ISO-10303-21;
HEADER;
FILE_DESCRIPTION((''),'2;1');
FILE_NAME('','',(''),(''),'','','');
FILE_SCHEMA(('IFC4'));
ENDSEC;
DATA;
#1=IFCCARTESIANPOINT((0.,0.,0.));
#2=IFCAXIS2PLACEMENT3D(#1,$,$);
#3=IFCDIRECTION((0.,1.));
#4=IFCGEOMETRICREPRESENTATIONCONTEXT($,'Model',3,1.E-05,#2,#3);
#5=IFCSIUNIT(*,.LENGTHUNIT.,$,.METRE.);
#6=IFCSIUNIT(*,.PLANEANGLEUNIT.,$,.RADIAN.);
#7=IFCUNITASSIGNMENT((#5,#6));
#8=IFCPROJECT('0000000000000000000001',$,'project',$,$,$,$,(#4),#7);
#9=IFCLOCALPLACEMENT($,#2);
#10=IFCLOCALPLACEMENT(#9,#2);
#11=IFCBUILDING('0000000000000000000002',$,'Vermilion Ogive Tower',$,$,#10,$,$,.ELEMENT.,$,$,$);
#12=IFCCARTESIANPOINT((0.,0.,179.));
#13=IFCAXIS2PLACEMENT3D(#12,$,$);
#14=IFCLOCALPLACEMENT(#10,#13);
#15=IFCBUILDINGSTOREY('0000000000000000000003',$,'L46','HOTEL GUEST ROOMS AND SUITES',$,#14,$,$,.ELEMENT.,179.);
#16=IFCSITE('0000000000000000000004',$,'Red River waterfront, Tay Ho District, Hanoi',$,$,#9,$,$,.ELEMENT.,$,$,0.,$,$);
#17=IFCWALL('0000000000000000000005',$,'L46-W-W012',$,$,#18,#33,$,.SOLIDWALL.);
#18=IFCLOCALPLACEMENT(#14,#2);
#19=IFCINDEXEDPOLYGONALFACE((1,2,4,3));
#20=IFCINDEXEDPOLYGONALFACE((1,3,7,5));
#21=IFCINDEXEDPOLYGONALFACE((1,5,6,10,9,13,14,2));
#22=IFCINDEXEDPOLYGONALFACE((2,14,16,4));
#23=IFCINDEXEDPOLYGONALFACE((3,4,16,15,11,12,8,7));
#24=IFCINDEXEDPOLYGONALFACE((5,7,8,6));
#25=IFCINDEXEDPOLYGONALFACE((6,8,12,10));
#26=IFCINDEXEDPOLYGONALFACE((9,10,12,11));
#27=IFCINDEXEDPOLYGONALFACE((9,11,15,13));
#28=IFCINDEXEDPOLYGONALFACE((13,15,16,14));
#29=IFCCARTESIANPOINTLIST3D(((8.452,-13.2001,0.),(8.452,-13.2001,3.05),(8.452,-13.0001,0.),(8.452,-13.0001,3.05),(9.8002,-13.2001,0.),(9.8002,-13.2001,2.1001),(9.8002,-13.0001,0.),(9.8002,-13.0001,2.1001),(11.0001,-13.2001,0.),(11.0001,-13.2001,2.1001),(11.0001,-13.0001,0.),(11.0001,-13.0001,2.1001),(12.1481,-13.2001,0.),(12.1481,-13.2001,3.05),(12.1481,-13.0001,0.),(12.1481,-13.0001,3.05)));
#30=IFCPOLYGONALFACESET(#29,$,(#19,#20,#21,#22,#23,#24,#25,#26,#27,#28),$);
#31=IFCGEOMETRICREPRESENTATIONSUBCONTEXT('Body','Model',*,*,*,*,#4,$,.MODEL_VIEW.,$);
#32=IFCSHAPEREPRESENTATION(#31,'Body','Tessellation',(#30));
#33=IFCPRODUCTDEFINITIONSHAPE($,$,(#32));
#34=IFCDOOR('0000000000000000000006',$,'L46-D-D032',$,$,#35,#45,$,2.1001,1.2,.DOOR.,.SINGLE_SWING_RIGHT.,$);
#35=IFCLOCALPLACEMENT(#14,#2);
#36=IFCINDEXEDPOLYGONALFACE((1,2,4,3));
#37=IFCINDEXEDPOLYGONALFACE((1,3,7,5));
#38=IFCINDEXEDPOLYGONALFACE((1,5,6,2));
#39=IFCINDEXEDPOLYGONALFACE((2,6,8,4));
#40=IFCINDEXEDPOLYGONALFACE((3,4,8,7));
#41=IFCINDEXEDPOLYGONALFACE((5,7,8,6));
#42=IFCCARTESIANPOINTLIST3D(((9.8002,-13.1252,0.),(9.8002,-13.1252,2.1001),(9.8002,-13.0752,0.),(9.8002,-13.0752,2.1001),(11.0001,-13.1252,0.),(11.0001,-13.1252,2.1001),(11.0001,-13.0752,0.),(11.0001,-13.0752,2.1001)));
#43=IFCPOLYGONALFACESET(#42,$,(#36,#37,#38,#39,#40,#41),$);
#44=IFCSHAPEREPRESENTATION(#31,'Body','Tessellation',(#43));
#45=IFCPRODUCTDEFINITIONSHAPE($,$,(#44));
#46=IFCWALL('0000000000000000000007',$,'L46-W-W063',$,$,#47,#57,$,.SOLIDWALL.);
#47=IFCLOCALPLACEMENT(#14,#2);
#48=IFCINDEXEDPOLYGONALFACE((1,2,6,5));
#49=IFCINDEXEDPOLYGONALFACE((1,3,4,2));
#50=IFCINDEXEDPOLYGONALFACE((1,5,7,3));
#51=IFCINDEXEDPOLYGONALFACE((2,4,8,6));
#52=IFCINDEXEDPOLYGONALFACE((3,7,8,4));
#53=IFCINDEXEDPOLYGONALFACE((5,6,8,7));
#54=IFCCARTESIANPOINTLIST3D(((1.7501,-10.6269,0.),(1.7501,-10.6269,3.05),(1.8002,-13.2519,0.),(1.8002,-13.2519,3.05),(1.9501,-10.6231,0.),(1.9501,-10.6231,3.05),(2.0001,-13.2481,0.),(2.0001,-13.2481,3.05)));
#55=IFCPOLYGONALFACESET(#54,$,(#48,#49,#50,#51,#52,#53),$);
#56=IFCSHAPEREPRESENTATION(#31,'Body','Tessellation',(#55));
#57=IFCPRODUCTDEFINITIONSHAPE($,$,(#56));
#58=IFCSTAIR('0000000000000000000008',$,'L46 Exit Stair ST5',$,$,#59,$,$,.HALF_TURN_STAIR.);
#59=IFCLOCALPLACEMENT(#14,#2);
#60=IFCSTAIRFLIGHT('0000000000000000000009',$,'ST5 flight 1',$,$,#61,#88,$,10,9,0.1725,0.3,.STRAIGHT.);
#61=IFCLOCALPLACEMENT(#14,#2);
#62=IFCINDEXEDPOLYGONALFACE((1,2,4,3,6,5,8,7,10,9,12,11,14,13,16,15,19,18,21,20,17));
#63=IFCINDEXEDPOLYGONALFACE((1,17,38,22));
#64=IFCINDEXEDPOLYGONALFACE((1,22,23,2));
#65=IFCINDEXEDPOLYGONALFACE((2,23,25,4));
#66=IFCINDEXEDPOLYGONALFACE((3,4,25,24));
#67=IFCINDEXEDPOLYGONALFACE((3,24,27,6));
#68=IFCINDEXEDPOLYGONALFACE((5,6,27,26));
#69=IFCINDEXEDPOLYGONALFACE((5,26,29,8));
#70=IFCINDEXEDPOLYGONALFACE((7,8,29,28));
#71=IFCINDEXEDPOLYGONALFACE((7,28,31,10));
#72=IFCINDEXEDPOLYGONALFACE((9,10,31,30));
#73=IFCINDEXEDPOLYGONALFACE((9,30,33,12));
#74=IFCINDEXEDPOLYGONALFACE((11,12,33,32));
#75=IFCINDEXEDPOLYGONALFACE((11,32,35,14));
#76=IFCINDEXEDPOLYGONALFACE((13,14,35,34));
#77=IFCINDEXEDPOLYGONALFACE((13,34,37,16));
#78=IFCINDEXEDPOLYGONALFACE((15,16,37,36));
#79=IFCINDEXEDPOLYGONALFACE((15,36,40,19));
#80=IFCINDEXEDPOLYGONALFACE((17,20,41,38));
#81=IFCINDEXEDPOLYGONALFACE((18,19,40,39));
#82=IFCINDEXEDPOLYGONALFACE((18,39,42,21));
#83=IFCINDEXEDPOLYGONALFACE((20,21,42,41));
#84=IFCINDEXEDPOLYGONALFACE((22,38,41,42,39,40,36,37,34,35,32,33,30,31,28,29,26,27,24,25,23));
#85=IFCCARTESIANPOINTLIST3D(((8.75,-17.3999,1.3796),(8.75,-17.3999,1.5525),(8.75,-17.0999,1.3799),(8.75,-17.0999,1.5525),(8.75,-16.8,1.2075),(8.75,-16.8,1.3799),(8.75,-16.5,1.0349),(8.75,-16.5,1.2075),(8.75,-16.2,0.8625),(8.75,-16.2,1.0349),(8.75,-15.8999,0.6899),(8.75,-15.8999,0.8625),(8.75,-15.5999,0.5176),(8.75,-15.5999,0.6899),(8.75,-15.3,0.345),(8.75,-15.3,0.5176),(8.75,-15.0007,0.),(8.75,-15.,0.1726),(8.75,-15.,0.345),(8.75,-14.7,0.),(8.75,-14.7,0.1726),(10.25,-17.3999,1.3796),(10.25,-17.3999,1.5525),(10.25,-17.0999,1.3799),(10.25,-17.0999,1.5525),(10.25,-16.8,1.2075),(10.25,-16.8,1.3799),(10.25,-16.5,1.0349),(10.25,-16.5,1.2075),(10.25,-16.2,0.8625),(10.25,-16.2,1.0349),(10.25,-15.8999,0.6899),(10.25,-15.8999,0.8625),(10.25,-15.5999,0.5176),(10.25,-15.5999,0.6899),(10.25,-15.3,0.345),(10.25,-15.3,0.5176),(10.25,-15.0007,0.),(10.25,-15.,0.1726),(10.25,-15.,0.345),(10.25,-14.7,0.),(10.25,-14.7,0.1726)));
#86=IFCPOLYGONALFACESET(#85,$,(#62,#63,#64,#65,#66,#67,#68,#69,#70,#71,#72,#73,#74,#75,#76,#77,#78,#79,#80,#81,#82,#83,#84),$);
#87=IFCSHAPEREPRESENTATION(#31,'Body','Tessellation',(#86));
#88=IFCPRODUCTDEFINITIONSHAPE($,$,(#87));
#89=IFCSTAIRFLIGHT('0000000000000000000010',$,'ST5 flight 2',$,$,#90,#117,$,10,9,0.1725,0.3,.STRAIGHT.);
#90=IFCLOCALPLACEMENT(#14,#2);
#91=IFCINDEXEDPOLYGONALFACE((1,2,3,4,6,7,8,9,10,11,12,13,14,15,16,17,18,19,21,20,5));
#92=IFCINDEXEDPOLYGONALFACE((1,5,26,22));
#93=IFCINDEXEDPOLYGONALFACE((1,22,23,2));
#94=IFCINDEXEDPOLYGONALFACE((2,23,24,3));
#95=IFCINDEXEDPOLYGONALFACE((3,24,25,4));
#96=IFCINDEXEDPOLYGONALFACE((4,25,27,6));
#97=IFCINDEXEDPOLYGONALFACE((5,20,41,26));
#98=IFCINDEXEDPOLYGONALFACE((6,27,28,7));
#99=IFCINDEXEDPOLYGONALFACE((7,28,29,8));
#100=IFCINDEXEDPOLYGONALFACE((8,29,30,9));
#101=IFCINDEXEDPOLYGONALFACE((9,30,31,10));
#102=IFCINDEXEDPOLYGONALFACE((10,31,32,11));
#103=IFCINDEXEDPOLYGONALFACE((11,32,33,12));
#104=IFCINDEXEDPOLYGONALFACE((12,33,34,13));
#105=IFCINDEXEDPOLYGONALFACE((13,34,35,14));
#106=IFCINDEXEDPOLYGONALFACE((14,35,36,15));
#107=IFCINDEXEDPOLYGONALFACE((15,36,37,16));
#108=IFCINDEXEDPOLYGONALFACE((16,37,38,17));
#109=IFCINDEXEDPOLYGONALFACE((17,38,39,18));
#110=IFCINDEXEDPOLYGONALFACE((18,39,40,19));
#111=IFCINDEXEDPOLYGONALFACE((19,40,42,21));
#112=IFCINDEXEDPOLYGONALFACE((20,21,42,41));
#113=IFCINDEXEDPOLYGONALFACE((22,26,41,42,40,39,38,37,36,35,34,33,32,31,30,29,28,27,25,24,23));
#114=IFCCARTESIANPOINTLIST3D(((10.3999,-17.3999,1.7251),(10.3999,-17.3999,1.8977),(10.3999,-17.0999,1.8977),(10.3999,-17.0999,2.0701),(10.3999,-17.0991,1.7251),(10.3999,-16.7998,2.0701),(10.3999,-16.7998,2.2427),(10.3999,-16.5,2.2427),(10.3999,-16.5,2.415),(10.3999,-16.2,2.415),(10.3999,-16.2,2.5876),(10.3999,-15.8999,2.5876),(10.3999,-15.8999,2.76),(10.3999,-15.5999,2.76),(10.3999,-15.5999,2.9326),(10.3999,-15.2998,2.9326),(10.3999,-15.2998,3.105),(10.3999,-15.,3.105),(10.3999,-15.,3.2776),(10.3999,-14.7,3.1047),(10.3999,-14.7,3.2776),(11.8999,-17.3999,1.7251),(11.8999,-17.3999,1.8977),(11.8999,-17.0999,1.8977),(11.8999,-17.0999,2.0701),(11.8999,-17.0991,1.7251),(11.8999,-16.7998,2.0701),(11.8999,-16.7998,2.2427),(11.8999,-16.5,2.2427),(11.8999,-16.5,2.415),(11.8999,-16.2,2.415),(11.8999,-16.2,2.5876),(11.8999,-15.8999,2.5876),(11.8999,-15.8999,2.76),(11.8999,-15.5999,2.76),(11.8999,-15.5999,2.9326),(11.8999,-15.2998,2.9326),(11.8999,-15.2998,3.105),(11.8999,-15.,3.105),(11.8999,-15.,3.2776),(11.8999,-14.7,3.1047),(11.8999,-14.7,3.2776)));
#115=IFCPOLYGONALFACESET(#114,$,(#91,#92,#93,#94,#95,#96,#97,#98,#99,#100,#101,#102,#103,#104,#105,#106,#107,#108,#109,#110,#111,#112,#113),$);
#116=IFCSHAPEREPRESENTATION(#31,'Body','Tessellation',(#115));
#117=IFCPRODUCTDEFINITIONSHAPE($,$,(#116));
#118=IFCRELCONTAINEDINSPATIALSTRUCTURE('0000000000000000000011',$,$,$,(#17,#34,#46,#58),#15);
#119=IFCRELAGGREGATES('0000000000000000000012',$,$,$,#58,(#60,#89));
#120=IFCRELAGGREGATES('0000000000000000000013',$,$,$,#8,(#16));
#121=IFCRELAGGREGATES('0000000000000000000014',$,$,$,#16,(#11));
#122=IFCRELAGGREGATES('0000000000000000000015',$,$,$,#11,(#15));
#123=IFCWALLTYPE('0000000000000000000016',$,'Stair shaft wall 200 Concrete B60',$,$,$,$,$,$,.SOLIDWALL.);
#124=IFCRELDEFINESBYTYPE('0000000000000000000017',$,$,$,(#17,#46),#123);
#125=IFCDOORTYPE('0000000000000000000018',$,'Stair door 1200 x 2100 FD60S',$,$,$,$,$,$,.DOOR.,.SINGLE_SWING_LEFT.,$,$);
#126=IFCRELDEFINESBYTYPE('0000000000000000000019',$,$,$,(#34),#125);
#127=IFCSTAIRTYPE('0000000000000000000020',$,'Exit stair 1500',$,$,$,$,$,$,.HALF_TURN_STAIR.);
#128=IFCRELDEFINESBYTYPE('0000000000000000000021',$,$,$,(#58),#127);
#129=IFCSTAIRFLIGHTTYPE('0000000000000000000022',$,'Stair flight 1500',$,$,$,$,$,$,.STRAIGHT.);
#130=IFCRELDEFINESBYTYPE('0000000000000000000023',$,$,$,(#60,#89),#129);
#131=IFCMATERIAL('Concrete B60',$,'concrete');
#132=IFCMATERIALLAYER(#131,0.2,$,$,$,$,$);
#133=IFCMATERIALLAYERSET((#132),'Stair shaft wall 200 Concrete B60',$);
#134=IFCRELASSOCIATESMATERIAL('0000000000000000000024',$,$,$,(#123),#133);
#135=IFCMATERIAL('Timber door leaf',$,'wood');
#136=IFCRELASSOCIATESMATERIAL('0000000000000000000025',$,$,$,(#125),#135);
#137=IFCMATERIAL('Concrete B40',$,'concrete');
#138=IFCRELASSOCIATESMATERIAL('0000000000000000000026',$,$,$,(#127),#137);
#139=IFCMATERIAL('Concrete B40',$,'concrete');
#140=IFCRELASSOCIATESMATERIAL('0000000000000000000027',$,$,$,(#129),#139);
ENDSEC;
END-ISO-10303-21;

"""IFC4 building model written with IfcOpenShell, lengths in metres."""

from ifc_helpers import new_model, si_unit, direction, frame, frame_2d, origin, place, context, subcontext, project, spatial, polyline, rectangle, outline, extrude, material, layer, layer_set, type_object, element, fill, aggregate, save


model = new_model("IFC4")

# Units and contexts
model_context = context("Model", 3, precision=1e-05, world=origin(), true_north=direction((0.0, 1.0)))
body_context = subcontext(model_context, "Body", "Model", "MODEL_VIEW")
ifc_project = project(units=[si_unit("LENGTHUNIT", "METRE"), si_unit("PLANEANGLEUNIT", "RADIAN")], contexts=[model_context])

# Site, building, storey
site_placement = place(None, origin())
site = spatial("IfcSite", under=ifc_project, at=site_placement, Name="Red River waterfront, Tay Ho District, Hanoi", CompositionType="ELEMENT", RefElevation=0.0)
building_placement = place(site_placement, origin())
building = spatial("IfcBuilding", under=site, at=building_placement, Name="Vermilion Ogive Tower", CompositionType="ELEMENT")
storey_placement = place(building_placement, frame((0.0, 0.0, 179.0)))
storey = spatial("IfcBuildingStorey", under=building, at=storey_placement, Name="L46", Description="HOTEL GUEST ROOMS AND SUITES", CompositionType="ELEMENT", Elevation=179.0)

# Wall, opening, door
ifc_material_1 = material(Name="Concrete B60", Category="concrete")
ifc_layer_1 = layer(ifc_material_1, 0.2)
ifc_layer_set_1 = layer_set([ifc_layer_1], Name="Stair shaft wall 200 Concrete B60")
wall_type_1 = type_object("IfcWallType", Name="Stair shaft wall 200 Concrete B60", PredefinedType="SOLIDWALL", material=ifc_layer_set_1)
wall_1_placement = place(storey_placement, frame((8.4519, -13.1001, 0.0), z_axis=(0.0, 0.0, 1.0), x_axis=(1.0, 0.0, 0.0)))
wall_1 = element("IfcWall", 1, at=wall_1_placement, inside=storey, type_object=wall_type_1, Name="L46-W-W012", PredefinedType="SOLIDWALL", context=body_context, shape_type="SweptSolid", body=[
    extrude(rectangle(XDim=3.696, YDim=0.2, at=frame_2d((1.8481, 0.0))), origin(), (0.0, 0.0, 1.0), 3.05),
])
opening_1_placement = place(wall_1_placement, frame((1.3481, 0.0, 0.0)))
opening_1 = element("IfcOpeningElement", 2, at=opening_1_placement, cuts=wall_1, PredefinedType="OPENING", context=body_context, shape_type="SweptSolid", body=[
    extrude(rectangle(XDim=1.2, YDim=2.1001, at=frame_2d((0.6001, 1.05))), frame((0.0, 0.1099, 0.0), z_axis=(0.0, -1.0, 0.0), x_axis=(1.0, 0.0, 0.0)), (0.0, 0.0, 1.0), 0.22),
])
ifc_material_2 = material(Name="Timber door leaf", Category="wood")
door_type_1 = type_object("IfcDoorType", Name="Stair door 1200 x 2100 FD60S", OperationType="SINGLE_SWING_LEFT", PredefinedType="DOOR", material=ifc_material_2)
door_1_placement = place(opening_1_placement, origin())
door_1 = element("IfcDoor", 3, at=door_1_placement, inside=storey, type_object=door_type_1, Name="L46-D-D032", OperationType="SINGLE_SWING_RIGHT", OverallHeight=2.1001, OverallWidth=1.2, PredefinedType="DOOR", context=body_context, shape_type="SweptSolid", body=[
    extrude(rectangle(XDim=1.2, YDim=2.1001, at=frame_2d((0.6001, 1.05))), frame((0.0, 0.0249, 0.0), z_axis=(0.0, -1.0, 0.0), x_axis=(1.0, 0.0, 0.0)), (0.0, 0.0, 1.0), 0.05),
])
fill(opening_1, door_1)

# Wall
wall_2_placement = place(storey_placement, frame((1.9001, -13.25, 0.0), z_axis=(0.0, 0.0, 1.0), x_axis=(-0.019063, 0.999818, 0.0)))
element("IfcWall", 4, at=wall_2_placement, inside=storey, type_object=wall_type_1, Name="L46-W-W063", PredefinedType="SOLIDWALL", context=body_context, shape_type="SweptSolid", body=[
    extrude(rectangle(XDim=2.6255, YDim=0.2, at=frame_2d((1.3127, 0.0))), origin(), (0.0, 0.0, 1.0), 3.05),
])

# Stair, stair flights
ifc_material_3 = material(Name="Concrete B40", Category="concrete")
stair_type = type_object("IfcStairType", Name="Exit stair 1500", PredefinedType="HALF_TURN_STAIR", material=ifc_material_3)
stair_placement = place(storey_placement, origin())
stair = element("IfcStair", 5, at=stair_placement, inside=storey, type_object=stair_type, Name="L46 Exit Stair ST5", PredefinedType="HALF_TURN_STAIR")
ifc_material_4 = material(Name="Concrete B40", Category="concrete")
stair_flight_type = type_object("IfcStairFlightType", Name="Stair flight 1500", PredefinedType="STRAIGHT", material=ifc_material_4)
stair_flight_1_placement = place(storey_placement, frame((9.5, -14.7, 0.0), z_axis=(0.0, 0.0, 1.0), x_axis=(0.0, -1.0, 0.0)))
stair_flight_1 = element("IfcStairFlight", 6, at=stair_flight_1_placement, type_object=stair_flight_type, Name="ST5 flight 1", NumberOfRisers=10, NumberOfTreads=9, PredefinedType="STRAIGHT", RiserHeight=0.1725, TreadLength=0.3, context=body_context, shape_type="SweptSolid", body=[
    extrude(outline(polyline([(0.0, 0.0), (0.0, 0.1726), (0.3, 0.1726), (0.3, 0.345), (0.6001, 0.345), (0.6001, 0.5176), (0.8999, 0.5176), (0.8999, 0.6899), (1.2, 0.6899), (1.2, 0.8625), (1.5, 0.8625), (1.5, 1.0349), (1.8, 1.0349), (1.8, 1.2075), (2.1001, 1.2075), (2.1001, 1.3799), (2.3999, 1.3799), (2.3999, 1.5525), (2.7, 1.5525), (2.7, 1.7251), (2.7, 1.3796), (0.3008, 0.0), (0.0, 0.0)])), frame((0.0, 0.75, 0.0), z_axis=(0.0, -1.0, 0.0), x_axis=(1.0, 0.0, 0.0)), (0.0, 0.0, 1.0), 1.5),
])
stair_flight_2_placement = place(storey_placement, frame((11.1499, -17.3999, 1.7251), z_axis=(0.0, 0.0, 1.0), x_axis=(0.0, 1.0, 0.0)))
stair_flight_2 = element("IfcStairFlight", 7, at=stair_flight_2_placement, type_object=stair_flight_type, Name="ST5 flight 2", NumberOfRisers=10, NumberOfTreads=9, PredefinedType="STRAIGHT", RiserHeight=0.1725, TreadLength=0.3, context=body_context, shape_type="SweptSolid", body=[
    extrude(outline(polyline([(0.0, 0.0), (0.0, 0.1726), (0.3, 0.1726), (0.3, 0.345), (0.6001, 0.345), (0.6001, 0.5176), (0.8999, 0.5176), (0.8999, 0.6899), (1.2, 0.6899), (1.2, 0.8625), (1.5, 0.8625), (1.5, 1.0349), (1.8, 1.0349), (1.8, 1.2075), (2.1001, 1.2075), (2.1001, 1.3799), (2.3999, 1.3799), (2.3999, 1.5525), (2.7, 1.5525), (2.7, 1.7251), (2.7, 1.3796), (0.3008, 0.0), (0.0, 0.0)])), frame((0.0, 0.75, 0.0), z_axis=(0.0, -1.0, 0.0), x_axis=(1.0, 0.0, 0.0)), (0.0, 0.0, 1.0), 1.5),
])
aggregate(stair, [stair_flight_1, stair_flight_2])

save(model, "model.ifc")
